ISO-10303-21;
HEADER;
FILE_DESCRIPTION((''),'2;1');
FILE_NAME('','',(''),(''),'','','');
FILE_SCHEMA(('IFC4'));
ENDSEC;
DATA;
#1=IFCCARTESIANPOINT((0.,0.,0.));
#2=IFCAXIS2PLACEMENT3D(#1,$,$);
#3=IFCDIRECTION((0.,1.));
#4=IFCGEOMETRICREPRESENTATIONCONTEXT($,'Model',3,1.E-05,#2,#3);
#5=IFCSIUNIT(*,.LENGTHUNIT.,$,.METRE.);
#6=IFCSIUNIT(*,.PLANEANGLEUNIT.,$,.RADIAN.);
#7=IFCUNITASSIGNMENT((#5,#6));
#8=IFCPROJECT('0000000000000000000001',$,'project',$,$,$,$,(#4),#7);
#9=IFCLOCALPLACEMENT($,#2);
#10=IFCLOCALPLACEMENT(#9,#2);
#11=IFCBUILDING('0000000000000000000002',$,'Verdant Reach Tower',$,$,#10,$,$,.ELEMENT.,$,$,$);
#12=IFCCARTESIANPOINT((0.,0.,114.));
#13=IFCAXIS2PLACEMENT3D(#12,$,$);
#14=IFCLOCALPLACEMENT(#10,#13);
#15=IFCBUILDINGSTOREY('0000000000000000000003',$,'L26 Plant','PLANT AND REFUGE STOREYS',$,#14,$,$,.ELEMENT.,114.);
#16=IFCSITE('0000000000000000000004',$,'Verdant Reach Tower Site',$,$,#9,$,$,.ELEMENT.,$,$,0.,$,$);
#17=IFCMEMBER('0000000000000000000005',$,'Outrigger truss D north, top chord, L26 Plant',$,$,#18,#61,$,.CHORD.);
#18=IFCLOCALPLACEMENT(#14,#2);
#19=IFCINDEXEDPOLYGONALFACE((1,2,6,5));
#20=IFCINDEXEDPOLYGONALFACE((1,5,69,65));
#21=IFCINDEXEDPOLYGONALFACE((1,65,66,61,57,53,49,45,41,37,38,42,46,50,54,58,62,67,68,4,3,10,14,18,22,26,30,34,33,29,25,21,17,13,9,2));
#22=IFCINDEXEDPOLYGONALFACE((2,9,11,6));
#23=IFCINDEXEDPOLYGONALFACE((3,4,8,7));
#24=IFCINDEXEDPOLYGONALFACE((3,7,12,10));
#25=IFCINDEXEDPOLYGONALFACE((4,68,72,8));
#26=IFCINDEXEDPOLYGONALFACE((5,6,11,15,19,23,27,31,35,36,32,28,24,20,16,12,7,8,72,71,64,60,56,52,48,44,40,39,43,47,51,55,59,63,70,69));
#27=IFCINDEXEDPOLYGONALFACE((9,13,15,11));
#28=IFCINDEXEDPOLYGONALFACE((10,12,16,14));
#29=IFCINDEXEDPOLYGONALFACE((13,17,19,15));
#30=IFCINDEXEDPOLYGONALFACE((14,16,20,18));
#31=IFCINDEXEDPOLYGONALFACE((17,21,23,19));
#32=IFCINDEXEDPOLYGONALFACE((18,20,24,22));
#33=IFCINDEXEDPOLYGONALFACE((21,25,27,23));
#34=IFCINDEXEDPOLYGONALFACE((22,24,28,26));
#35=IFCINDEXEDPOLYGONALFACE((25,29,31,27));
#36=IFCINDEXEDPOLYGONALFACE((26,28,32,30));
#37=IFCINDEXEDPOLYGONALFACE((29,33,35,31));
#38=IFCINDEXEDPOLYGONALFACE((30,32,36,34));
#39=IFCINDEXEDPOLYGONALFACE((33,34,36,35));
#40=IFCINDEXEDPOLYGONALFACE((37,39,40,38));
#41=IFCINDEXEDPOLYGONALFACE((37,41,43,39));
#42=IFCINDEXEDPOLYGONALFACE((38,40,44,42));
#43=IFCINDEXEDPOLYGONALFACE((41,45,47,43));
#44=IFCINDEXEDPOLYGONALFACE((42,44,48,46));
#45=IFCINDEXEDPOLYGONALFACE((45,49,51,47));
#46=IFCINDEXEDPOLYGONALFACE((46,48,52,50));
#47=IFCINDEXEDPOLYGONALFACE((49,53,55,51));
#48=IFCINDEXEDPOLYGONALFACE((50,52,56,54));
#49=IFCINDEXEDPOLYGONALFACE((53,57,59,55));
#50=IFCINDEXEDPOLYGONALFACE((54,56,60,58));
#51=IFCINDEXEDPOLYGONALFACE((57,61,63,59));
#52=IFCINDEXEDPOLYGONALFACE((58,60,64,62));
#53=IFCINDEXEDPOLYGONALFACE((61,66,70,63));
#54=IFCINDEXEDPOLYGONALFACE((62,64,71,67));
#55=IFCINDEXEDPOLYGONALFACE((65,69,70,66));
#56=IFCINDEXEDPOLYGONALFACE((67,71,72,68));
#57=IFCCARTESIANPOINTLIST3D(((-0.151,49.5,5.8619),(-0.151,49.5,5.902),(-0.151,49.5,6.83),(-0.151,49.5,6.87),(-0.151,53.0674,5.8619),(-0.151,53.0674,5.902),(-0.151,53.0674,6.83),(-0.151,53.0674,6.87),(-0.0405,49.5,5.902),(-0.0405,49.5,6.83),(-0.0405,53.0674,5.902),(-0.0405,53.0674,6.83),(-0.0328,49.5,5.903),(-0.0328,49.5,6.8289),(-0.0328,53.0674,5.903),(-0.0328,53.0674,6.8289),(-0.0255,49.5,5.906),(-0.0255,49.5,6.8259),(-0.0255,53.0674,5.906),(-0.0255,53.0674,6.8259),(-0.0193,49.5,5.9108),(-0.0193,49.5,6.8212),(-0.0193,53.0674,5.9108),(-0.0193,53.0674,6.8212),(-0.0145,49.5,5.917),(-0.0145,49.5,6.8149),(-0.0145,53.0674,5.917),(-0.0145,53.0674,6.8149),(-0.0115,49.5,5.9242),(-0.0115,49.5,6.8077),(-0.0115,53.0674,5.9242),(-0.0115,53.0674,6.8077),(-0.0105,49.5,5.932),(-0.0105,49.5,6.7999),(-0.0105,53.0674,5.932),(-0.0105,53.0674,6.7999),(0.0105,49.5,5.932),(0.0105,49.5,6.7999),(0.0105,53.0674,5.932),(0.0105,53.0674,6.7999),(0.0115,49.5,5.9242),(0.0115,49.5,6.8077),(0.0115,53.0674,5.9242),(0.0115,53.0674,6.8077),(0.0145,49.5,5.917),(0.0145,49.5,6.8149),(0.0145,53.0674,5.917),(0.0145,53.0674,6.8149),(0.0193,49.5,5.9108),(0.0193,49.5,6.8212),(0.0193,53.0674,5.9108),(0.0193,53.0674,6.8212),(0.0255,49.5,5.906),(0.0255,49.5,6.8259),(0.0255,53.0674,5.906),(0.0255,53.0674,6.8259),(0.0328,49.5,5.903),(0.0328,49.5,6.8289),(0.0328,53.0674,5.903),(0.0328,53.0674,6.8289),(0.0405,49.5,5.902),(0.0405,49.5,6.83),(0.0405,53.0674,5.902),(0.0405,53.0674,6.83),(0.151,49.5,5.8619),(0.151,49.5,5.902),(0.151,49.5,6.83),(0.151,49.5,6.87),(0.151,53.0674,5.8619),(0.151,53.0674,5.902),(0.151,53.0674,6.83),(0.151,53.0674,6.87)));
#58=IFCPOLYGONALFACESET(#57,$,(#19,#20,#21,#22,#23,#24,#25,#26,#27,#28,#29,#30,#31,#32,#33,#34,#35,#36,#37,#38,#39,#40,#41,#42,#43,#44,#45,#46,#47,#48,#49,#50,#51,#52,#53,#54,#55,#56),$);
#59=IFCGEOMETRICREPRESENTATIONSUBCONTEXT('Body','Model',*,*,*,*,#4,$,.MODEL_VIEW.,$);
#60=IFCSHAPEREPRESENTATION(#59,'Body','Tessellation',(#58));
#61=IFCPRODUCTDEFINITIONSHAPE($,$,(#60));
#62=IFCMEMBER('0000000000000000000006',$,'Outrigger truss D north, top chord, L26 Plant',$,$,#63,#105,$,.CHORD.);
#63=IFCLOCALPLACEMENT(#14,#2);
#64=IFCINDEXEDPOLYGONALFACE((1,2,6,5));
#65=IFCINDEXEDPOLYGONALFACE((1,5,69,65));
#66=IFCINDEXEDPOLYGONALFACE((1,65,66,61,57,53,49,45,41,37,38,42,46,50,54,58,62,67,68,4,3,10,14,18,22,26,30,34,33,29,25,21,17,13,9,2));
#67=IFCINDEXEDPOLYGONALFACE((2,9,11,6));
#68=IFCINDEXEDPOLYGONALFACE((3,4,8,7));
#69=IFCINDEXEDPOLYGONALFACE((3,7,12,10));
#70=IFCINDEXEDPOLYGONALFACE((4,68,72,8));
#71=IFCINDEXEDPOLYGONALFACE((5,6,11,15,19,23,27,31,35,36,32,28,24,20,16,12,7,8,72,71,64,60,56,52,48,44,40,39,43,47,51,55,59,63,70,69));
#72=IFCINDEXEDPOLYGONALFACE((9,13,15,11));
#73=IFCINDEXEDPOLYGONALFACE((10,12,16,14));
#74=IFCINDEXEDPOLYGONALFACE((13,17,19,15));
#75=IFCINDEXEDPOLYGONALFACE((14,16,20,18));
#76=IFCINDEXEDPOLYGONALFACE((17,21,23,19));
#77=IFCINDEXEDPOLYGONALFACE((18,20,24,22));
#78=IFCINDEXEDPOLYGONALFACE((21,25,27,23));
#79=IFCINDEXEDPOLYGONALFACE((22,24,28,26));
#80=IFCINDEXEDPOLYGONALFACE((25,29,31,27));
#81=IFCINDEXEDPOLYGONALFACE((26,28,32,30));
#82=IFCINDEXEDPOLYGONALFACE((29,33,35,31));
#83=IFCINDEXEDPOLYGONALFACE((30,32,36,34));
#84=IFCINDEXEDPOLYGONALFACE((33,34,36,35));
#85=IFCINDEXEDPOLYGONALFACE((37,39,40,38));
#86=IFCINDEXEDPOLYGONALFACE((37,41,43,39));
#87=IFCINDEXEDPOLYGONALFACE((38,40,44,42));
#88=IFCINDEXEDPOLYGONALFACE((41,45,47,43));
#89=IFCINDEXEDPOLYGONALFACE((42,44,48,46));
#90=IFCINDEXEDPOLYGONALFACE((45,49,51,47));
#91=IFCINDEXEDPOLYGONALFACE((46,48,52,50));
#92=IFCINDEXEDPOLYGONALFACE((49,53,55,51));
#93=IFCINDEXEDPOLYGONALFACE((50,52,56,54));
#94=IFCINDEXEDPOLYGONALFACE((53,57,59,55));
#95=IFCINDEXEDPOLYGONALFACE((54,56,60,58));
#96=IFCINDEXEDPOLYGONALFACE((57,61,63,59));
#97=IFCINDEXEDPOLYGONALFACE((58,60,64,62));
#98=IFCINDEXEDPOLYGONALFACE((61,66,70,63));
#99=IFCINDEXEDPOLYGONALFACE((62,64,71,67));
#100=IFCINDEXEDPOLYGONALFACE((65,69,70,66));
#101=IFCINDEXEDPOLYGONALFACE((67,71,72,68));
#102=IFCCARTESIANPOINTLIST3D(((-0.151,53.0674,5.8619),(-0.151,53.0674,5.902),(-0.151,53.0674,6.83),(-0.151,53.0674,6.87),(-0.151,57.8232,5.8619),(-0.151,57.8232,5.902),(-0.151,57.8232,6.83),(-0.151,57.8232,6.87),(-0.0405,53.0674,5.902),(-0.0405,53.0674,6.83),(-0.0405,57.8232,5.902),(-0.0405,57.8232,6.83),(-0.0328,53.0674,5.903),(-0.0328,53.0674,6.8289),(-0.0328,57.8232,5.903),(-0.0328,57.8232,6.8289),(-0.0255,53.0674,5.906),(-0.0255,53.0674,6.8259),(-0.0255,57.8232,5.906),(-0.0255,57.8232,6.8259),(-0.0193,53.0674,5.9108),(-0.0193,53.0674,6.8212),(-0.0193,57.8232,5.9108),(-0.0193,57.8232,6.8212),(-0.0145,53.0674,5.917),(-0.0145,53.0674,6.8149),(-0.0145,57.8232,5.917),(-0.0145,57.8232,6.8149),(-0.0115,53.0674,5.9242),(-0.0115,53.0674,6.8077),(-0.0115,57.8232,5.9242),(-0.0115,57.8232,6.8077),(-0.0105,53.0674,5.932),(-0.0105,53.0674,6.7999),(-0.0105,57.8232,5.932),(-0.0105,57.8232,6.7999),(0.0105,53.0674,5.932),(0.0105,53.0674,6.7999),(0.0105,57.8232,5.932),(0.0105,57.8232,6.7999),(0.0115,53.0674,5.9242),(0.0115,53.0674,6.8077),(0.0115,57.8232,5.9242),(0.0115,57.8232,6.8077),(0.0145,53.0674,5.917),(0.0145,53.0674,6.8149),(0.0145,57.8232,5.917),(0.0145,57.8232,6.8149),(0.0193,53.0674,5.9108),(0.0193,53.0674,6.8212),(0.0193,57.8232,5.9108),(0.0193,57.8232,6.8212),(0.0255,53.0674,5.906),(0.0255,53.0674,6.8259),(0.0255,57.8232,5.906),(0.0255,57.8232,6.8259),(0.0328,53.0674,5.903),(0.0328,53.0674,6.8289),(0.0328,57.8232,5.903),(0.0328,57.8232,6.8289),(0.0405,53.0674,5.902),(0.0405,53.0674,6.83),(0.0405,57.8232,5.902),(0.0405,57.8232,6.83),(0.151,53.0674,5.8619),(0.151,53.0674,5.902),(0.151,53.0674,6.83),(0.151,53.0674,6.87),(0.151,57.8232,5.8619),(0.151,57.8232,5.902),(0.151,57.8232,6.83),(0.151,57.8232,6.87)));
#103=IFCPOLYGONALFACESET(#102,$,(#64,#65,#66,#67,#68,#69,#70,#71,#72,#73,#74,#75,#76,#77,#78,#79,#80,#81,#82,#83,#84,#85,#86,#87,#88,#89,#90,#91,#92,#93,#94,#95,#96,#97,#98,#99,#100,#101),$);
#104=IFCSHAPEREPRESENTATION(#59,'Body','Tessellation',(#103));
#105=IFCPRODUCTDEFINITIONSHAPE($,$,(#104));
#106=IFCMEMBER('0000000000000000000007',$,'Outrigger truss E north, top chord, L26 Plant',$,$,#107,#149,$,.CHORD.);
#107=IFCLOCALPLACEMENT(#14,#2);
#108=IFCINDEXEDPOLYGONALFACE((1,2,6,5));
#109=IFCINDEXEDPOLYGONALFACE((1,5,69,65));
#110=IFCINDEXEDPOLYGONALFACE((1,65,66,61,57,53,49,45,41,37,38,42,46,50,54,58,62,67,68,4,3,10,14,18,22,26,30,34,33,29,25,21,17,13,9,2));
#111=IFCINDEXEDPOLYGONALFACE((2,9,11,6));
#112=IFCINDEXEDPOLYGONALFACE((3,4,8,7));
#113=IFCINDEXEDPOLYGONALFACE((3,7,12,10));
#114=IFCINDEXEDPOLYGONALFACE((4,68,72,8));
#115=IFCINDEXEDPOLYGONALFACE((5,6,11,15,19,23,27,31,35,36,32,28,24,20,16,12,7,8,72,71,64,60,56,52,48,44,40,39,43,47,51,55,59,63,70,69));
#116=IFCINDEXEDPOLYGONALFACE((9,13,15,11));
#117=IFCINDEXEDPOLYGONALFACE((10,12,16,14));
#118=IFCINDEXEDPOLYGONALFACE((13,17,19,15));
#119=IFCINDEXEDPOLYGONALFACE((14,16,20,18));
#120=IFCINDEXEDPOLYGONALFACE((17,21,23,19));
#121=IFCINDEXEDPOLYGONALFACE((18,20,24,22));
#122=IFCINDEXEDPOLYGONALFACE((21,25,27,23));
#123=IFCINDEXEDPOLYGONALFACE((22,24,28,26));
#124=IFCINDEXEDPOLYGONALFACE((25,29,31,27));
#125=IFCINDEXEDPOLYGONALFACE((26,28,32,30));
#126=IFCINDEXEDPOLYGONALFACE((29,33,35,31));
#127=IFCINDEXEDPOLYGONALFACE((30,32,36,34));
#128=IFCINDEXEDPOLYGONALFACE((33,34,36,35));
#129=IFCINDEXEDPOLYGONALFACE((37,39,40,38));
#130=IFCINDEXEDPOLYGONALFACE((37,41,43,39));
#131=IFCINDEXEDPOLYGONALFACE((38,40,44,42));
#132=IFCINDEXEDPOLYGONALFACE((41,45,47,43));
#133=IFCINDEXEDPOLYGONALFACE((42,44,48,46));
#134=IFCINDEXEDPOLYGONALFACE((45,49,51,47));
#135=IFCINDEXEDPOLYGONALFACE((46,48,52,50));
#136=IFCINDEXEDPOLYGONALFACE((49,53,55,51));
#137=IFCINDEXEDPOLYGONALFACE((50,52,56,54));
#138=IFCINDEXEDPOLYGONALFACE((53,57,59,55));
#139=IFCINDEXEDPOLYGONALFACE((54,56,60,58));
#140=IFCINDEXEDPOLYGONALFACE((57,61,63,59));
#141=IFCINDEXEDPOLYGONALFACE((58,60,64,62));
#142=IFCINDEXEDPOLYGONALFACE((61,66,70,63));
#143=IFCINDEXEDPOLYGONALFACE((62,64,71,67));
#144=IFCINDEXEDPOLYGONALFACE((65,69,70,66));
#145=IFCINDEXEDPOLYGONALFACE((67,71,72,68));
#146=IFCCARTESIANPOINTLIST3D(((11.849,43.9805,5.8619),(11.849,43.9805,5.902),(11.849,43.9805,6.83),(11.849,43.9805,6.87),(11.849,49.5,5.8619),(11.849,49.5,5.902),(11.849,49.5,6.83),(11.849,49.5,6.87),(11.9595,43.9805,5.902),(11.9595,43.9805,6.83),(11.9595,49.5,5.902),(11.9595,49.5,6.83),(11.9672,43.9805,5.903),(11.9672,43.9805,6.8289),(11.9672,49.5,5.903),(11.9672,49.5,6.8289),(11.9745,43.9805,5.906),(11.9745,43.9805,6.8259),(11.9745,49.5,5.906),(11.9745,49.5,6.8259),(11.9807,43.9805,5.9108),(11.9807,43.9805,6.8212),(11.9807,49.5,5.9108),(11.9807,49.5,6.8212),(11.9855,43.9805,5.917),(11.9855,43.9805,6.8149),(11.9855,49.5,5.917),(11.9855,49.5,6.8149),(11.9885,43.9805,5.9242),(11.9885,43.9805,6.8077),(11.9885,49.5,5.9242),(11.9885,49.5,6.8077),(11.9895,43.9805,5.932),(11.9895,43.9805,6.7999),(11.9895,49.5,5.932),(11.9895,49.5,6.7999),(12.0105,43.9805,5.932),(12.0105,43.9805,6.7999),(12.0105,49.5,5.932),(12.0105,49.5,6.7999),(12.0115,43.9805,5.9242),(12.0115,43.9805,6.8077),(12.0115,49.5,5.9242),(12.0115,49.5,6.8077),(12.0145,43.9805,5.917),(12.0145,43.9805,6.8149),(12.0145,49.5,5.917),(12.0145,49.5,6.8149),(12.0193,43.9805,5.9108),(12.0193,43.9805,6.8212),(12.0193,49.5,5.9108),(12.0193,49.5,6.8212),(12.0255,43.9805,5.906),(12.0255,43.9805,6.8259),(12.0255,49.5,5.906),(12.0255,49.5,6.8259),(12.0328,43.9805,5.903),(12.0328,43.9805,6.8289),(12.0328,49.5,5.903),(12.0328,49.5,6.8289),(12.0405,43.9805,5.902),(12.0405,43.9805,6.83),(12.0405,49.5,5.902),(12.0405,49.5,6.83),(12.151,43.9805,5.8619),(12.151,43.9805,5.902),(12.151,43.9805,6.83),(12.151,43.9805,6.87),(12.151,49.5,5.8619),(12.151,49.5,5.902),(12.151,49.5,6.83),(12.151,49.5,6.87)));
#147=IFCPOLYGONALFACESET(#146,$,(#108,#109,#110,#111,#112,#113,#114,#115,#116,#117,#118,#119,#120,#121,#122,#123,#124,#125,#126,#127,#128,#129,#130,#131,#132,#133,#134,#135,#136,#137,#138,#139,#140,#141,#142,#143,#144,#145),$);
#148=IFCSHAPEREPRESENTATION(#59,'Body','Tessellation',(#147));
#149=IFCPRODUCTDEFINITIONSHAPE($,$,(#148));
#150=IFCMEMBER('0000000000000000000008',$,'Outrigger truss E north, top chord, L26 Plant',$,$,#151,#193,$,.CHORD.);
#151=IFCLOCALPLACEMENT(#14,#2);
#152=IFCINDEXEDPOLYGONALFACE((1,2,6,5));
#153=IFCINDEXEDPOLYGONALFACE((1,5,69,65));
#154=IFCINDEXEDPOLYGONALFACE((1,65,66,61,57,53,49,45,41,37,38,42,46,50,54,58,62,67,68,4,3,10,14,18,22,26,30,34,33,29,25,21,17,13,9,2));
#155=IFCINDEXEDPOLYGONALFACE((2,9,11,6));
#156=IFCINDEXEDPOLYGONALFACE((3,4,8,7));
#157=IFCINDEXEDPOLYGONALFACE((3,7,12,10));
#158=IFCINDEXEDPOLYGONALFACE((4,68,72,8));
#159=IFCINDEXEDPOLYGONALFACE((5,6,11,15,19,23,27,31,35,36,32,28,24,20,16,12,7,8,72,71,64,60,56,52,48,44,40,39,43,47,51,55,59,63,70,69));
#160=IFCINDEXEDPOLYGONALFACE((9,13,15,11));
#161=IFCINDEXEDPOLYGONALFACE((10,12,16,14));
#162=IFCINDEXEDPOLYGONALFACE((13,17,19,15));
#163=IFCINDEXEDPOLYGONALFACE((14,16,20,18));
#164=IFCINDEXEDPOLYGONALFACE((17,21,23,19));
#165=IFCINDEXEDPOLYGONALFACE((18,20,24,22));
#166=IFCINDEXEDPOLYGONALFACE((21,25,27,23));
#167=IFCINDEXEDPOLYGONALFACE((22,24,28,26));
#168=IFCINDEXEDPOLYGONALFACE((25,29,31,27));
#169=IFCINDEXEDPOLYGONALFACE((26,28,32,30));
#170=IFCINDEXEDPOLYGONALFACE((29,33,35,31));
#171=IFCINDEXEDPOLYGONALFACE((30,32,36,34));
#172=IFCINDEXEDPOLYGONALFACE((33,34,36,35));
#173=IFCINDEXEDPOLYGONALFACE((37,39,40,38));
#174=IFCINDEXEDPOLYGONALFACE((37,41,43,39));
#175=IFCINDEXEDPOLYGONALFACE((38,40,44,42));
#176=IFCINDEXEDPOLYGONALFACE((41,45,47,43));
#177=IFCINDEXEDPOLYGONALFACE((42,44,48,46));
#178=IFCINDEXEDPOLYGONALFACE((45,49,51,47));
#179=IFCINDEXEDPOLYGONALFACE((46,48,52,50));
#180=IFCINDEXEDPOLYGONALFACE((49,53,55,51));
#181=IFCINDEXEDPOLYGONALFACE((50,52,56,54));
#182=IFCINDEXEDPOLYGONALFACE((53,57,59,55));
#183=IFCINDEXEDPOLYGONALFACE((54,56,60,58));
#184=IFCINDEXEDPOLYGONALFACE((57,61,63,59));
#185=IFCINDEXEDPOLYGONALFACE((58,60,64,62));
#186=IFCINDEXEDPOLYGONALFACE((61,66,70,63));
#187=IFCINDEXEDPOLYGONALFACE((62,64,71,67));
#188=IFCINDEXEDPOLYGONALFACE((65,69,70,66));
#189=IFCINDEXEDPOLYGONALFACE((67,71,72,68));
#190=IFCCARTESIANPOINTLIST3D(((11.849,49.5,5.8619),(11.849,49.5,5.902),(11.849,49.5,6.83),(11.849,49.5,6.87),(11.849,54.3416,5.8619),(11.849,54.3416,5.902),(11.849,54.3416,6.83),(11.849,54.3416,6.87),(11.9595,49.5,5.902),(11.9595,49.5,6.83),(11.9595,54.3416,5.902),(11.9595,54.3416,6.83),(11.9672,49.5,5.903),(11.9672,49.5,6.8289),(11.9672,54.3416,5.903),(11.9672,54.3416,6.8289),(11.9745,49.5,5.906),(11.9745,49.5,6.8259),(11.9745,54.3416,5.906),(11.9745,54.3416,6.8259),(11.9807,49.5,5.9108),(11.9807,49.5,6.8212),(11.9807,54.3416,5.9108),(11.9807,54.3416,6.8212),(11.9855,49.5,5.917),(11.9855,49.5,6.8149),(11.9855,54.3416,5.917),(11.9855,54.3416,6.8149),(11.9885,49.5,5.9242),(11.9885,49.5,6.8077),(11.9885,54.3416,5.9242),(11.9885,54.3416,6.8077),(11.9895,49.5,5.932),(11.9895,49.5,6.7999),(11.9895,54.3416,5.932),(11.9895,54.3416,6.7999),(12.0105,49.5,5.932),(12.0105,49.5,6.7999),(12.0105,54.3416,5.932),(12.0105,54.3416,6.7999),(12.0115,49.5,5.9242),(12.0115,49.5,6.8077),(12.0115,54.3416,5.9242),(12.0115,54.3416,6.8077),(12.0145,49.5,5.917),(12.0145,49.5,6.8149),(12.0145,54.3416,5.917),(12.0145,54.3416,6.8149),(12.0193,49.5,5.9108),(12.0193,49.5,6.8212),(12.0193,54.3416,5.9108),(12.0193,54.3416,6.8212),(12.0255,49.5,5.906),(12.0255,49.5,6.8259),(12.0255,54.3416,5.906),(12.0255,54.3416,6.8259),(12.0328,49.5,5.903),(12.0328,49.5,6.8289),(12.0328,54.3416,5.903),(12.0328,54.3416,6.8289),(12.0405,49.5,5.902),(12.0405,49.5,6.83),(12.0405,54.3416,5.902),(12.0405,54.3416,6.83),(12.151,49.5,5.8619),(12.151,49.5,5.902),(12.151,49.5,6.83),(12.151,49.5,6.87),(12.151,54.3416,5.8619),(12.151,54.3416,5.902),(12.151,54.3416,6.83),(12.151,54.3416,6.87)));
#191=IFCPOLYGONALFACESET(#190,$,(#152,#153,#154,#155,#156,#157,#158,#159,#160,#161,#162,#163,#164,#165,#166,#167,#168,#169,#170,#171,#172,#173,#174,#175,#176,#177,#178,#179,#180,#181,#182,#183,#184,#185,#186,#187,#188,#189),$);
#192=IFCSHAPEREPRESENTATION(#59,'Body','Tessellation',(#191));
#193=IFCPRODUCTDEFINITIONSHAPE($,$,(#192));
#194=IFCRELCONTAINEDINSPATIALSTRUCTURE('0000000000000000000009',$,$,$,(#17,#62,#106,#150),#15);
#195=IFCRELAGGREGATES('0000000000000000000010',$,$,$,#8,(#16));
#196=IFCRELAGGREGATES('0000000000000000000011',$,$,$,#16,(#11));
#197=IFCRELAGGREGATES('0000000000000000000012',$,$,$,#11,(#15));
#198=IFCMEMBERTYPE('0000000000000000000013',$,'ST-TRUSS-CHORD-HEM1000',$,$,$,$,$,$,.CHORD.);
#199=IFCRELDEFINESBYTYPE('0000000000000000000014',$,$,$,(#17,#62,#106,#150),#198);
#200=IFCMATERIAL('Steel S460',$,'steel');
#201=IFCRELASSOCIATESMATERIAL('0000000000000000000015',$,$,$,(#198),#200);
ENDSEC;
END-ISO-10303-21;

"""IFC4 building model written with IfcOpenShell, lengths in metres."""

from ifc_helpers import new_model, si_unit, direction, frame, origin, origin_2d, place, context, subcontext, project, spatial, i_section, extrude, material, material_profile, profile_set, type_object, element, save


model = new_model("IFC4")

# Units and contexts
model_context = context("Model", 3, precision=1e-05, world=origin(), true_north=direction((0.0, 1.0)))
body_context = subcontext(model_context, "Body", "Model", "MODEL_VIEW")
ifc_project = project(units=[si_unit("LENGTHUNIT", "METRE"), si_unit("PLANEANGLEUNIT", "RADIAN")], contexts=[model_context])

# Site, building, storey
site_placement = place(None, origin())
site = spatial("IfcSite", under=ifc_project, at=site_placement, Name="Verdant Reach Tower Site", CompositionType="ELEMENT", RefElevation=0.0)
building_placement = place(site_placement, origin())
building = spatial("IfcBuilding", under=site, at=building_placement, Name="Verdant Reach Tower", CompositionType="ELEMENT")
storey_placement = place(building_placement, frame((0.0, 0.0, 114.0)))
storey = spatial("IfcBuildingStorey", under=building, at=storey_placement, Name="L26 Plant", Description="PLANT AND REFUGE STOREYS", CompositionType="ELEMENT", Elevation=114.0)

# Shared definitions
ifc_material_1 = material(Name="Steel S460", Category="steel")

# Members
ifc_material_profile_1 = material_profile(ifc_material_1, i_section(OverallWidth=0.302, OverallDepth=1.0081, WebThickness=0.021, FlangeThickness=0.04, FilletRadius=0.03, at=origin_2d()), Name="HEM 1000")
ifc_profile_set_1 = profile_set([ifc_material_profile_1], Name="Steel S460")
member_type_1 = type_object("IfcMemberType", Name="ST-TRUSS-CHORD-HEM1000", PredefinedType="CHORD", material=ifc_profile_set_1)
member_1_placement = place(storey_placement, frame((0.0, 49.5, 6.366), z_axis=(0.0, 1.0, 0.0), x_axis=(-1.0, 0.0, 0.0)))
element("IfcMember", 1, at=member_1_placement, inside=storey, type_object=member_type_1, Name="Outrigger truss D north, top chord, L26 Plant", PredefinedType="CHORD", context=body_context, shape_type="SweptSolid", body=[
    extrude(i_section(OverallWidth=0.302, OverallDepth=1.0081, WebThickness=0.021, FlangeThickness=0.04, FilletRadius=0.03, at=origin_2d()), origin(), (0.0, 0.0, 1.0), 3.5674),
])
member_2_placement = place(storey_placement, frame((0.0, 53.0674, 6.366), z_axis=(0.0, 1.0, 0.0), x_axis=(-1.0, 0.0, 0.0)))
element("IfcMember", 2, at=member_2_placement, inside=storey, type_object=member_type_1, Name="Outrigger truss D north, top chord, L26 Plant", PredefinedType="CHORD", context=body_context, shape_type="SweptSolid", body=[
    extrude(i_section(OverallWidth=0.302, OverallDepth=1.0081, WebThickness=0.021, FlangeThickness=0.04, FilletRadius=0.03, at=origin_2d()), origin(), (0.0, 0.0, 1.0), 4.7559),
])
member_3_placement = place(storey_placement, frame((12.0, 43.9805, 6.366), z_axis=(0.0, 1.0, 0.0), x_axis=(-1.0, 0.0, 0.0)))
element("IfcMember", 3, at=member_3_placement, inside=storey, type_object=member_type_1, Name="Outrigger truss E north, top chord, L26 Plant", PredefinedType="CHORD", context=body_context, shape_type="SweptSolid", body=[
    extrude(i_section(OverallWidth=0.302, OverallDepth=1.0081, WebThickness=0.021, FlangeThickness=0.04, FilletRadius=0.03, at=origin_2d()), origin(), (0.0, 0.0, 1.0), 5.5195),
])
member_4_placement = place(storey_placement, frame((12.0, 49.5, 6.366), z_axis=(0.0, 1.0, 0.0), x_axis=(-1.0, 0.0, 0.0)))
element("IfcMember", 4, at=member_4_placement, inside=storey, type_object=member_type_1, Name="Outrigger truss E north, top chord, L26 Plant", PredefinedType="CHORD", context=body_context, shape_type="SweptSolid", body=[
    extrude(i_section(OverallWidth=0.302, OverallDepth=1.0081, WebThickness=0.021, FlangeThickness=0.04, FilletRadius=0.03, at=origin_2d()), origin(), (0.0, 0.0, 1.0), 4.8416),
])

save(model, "model.ifc")
